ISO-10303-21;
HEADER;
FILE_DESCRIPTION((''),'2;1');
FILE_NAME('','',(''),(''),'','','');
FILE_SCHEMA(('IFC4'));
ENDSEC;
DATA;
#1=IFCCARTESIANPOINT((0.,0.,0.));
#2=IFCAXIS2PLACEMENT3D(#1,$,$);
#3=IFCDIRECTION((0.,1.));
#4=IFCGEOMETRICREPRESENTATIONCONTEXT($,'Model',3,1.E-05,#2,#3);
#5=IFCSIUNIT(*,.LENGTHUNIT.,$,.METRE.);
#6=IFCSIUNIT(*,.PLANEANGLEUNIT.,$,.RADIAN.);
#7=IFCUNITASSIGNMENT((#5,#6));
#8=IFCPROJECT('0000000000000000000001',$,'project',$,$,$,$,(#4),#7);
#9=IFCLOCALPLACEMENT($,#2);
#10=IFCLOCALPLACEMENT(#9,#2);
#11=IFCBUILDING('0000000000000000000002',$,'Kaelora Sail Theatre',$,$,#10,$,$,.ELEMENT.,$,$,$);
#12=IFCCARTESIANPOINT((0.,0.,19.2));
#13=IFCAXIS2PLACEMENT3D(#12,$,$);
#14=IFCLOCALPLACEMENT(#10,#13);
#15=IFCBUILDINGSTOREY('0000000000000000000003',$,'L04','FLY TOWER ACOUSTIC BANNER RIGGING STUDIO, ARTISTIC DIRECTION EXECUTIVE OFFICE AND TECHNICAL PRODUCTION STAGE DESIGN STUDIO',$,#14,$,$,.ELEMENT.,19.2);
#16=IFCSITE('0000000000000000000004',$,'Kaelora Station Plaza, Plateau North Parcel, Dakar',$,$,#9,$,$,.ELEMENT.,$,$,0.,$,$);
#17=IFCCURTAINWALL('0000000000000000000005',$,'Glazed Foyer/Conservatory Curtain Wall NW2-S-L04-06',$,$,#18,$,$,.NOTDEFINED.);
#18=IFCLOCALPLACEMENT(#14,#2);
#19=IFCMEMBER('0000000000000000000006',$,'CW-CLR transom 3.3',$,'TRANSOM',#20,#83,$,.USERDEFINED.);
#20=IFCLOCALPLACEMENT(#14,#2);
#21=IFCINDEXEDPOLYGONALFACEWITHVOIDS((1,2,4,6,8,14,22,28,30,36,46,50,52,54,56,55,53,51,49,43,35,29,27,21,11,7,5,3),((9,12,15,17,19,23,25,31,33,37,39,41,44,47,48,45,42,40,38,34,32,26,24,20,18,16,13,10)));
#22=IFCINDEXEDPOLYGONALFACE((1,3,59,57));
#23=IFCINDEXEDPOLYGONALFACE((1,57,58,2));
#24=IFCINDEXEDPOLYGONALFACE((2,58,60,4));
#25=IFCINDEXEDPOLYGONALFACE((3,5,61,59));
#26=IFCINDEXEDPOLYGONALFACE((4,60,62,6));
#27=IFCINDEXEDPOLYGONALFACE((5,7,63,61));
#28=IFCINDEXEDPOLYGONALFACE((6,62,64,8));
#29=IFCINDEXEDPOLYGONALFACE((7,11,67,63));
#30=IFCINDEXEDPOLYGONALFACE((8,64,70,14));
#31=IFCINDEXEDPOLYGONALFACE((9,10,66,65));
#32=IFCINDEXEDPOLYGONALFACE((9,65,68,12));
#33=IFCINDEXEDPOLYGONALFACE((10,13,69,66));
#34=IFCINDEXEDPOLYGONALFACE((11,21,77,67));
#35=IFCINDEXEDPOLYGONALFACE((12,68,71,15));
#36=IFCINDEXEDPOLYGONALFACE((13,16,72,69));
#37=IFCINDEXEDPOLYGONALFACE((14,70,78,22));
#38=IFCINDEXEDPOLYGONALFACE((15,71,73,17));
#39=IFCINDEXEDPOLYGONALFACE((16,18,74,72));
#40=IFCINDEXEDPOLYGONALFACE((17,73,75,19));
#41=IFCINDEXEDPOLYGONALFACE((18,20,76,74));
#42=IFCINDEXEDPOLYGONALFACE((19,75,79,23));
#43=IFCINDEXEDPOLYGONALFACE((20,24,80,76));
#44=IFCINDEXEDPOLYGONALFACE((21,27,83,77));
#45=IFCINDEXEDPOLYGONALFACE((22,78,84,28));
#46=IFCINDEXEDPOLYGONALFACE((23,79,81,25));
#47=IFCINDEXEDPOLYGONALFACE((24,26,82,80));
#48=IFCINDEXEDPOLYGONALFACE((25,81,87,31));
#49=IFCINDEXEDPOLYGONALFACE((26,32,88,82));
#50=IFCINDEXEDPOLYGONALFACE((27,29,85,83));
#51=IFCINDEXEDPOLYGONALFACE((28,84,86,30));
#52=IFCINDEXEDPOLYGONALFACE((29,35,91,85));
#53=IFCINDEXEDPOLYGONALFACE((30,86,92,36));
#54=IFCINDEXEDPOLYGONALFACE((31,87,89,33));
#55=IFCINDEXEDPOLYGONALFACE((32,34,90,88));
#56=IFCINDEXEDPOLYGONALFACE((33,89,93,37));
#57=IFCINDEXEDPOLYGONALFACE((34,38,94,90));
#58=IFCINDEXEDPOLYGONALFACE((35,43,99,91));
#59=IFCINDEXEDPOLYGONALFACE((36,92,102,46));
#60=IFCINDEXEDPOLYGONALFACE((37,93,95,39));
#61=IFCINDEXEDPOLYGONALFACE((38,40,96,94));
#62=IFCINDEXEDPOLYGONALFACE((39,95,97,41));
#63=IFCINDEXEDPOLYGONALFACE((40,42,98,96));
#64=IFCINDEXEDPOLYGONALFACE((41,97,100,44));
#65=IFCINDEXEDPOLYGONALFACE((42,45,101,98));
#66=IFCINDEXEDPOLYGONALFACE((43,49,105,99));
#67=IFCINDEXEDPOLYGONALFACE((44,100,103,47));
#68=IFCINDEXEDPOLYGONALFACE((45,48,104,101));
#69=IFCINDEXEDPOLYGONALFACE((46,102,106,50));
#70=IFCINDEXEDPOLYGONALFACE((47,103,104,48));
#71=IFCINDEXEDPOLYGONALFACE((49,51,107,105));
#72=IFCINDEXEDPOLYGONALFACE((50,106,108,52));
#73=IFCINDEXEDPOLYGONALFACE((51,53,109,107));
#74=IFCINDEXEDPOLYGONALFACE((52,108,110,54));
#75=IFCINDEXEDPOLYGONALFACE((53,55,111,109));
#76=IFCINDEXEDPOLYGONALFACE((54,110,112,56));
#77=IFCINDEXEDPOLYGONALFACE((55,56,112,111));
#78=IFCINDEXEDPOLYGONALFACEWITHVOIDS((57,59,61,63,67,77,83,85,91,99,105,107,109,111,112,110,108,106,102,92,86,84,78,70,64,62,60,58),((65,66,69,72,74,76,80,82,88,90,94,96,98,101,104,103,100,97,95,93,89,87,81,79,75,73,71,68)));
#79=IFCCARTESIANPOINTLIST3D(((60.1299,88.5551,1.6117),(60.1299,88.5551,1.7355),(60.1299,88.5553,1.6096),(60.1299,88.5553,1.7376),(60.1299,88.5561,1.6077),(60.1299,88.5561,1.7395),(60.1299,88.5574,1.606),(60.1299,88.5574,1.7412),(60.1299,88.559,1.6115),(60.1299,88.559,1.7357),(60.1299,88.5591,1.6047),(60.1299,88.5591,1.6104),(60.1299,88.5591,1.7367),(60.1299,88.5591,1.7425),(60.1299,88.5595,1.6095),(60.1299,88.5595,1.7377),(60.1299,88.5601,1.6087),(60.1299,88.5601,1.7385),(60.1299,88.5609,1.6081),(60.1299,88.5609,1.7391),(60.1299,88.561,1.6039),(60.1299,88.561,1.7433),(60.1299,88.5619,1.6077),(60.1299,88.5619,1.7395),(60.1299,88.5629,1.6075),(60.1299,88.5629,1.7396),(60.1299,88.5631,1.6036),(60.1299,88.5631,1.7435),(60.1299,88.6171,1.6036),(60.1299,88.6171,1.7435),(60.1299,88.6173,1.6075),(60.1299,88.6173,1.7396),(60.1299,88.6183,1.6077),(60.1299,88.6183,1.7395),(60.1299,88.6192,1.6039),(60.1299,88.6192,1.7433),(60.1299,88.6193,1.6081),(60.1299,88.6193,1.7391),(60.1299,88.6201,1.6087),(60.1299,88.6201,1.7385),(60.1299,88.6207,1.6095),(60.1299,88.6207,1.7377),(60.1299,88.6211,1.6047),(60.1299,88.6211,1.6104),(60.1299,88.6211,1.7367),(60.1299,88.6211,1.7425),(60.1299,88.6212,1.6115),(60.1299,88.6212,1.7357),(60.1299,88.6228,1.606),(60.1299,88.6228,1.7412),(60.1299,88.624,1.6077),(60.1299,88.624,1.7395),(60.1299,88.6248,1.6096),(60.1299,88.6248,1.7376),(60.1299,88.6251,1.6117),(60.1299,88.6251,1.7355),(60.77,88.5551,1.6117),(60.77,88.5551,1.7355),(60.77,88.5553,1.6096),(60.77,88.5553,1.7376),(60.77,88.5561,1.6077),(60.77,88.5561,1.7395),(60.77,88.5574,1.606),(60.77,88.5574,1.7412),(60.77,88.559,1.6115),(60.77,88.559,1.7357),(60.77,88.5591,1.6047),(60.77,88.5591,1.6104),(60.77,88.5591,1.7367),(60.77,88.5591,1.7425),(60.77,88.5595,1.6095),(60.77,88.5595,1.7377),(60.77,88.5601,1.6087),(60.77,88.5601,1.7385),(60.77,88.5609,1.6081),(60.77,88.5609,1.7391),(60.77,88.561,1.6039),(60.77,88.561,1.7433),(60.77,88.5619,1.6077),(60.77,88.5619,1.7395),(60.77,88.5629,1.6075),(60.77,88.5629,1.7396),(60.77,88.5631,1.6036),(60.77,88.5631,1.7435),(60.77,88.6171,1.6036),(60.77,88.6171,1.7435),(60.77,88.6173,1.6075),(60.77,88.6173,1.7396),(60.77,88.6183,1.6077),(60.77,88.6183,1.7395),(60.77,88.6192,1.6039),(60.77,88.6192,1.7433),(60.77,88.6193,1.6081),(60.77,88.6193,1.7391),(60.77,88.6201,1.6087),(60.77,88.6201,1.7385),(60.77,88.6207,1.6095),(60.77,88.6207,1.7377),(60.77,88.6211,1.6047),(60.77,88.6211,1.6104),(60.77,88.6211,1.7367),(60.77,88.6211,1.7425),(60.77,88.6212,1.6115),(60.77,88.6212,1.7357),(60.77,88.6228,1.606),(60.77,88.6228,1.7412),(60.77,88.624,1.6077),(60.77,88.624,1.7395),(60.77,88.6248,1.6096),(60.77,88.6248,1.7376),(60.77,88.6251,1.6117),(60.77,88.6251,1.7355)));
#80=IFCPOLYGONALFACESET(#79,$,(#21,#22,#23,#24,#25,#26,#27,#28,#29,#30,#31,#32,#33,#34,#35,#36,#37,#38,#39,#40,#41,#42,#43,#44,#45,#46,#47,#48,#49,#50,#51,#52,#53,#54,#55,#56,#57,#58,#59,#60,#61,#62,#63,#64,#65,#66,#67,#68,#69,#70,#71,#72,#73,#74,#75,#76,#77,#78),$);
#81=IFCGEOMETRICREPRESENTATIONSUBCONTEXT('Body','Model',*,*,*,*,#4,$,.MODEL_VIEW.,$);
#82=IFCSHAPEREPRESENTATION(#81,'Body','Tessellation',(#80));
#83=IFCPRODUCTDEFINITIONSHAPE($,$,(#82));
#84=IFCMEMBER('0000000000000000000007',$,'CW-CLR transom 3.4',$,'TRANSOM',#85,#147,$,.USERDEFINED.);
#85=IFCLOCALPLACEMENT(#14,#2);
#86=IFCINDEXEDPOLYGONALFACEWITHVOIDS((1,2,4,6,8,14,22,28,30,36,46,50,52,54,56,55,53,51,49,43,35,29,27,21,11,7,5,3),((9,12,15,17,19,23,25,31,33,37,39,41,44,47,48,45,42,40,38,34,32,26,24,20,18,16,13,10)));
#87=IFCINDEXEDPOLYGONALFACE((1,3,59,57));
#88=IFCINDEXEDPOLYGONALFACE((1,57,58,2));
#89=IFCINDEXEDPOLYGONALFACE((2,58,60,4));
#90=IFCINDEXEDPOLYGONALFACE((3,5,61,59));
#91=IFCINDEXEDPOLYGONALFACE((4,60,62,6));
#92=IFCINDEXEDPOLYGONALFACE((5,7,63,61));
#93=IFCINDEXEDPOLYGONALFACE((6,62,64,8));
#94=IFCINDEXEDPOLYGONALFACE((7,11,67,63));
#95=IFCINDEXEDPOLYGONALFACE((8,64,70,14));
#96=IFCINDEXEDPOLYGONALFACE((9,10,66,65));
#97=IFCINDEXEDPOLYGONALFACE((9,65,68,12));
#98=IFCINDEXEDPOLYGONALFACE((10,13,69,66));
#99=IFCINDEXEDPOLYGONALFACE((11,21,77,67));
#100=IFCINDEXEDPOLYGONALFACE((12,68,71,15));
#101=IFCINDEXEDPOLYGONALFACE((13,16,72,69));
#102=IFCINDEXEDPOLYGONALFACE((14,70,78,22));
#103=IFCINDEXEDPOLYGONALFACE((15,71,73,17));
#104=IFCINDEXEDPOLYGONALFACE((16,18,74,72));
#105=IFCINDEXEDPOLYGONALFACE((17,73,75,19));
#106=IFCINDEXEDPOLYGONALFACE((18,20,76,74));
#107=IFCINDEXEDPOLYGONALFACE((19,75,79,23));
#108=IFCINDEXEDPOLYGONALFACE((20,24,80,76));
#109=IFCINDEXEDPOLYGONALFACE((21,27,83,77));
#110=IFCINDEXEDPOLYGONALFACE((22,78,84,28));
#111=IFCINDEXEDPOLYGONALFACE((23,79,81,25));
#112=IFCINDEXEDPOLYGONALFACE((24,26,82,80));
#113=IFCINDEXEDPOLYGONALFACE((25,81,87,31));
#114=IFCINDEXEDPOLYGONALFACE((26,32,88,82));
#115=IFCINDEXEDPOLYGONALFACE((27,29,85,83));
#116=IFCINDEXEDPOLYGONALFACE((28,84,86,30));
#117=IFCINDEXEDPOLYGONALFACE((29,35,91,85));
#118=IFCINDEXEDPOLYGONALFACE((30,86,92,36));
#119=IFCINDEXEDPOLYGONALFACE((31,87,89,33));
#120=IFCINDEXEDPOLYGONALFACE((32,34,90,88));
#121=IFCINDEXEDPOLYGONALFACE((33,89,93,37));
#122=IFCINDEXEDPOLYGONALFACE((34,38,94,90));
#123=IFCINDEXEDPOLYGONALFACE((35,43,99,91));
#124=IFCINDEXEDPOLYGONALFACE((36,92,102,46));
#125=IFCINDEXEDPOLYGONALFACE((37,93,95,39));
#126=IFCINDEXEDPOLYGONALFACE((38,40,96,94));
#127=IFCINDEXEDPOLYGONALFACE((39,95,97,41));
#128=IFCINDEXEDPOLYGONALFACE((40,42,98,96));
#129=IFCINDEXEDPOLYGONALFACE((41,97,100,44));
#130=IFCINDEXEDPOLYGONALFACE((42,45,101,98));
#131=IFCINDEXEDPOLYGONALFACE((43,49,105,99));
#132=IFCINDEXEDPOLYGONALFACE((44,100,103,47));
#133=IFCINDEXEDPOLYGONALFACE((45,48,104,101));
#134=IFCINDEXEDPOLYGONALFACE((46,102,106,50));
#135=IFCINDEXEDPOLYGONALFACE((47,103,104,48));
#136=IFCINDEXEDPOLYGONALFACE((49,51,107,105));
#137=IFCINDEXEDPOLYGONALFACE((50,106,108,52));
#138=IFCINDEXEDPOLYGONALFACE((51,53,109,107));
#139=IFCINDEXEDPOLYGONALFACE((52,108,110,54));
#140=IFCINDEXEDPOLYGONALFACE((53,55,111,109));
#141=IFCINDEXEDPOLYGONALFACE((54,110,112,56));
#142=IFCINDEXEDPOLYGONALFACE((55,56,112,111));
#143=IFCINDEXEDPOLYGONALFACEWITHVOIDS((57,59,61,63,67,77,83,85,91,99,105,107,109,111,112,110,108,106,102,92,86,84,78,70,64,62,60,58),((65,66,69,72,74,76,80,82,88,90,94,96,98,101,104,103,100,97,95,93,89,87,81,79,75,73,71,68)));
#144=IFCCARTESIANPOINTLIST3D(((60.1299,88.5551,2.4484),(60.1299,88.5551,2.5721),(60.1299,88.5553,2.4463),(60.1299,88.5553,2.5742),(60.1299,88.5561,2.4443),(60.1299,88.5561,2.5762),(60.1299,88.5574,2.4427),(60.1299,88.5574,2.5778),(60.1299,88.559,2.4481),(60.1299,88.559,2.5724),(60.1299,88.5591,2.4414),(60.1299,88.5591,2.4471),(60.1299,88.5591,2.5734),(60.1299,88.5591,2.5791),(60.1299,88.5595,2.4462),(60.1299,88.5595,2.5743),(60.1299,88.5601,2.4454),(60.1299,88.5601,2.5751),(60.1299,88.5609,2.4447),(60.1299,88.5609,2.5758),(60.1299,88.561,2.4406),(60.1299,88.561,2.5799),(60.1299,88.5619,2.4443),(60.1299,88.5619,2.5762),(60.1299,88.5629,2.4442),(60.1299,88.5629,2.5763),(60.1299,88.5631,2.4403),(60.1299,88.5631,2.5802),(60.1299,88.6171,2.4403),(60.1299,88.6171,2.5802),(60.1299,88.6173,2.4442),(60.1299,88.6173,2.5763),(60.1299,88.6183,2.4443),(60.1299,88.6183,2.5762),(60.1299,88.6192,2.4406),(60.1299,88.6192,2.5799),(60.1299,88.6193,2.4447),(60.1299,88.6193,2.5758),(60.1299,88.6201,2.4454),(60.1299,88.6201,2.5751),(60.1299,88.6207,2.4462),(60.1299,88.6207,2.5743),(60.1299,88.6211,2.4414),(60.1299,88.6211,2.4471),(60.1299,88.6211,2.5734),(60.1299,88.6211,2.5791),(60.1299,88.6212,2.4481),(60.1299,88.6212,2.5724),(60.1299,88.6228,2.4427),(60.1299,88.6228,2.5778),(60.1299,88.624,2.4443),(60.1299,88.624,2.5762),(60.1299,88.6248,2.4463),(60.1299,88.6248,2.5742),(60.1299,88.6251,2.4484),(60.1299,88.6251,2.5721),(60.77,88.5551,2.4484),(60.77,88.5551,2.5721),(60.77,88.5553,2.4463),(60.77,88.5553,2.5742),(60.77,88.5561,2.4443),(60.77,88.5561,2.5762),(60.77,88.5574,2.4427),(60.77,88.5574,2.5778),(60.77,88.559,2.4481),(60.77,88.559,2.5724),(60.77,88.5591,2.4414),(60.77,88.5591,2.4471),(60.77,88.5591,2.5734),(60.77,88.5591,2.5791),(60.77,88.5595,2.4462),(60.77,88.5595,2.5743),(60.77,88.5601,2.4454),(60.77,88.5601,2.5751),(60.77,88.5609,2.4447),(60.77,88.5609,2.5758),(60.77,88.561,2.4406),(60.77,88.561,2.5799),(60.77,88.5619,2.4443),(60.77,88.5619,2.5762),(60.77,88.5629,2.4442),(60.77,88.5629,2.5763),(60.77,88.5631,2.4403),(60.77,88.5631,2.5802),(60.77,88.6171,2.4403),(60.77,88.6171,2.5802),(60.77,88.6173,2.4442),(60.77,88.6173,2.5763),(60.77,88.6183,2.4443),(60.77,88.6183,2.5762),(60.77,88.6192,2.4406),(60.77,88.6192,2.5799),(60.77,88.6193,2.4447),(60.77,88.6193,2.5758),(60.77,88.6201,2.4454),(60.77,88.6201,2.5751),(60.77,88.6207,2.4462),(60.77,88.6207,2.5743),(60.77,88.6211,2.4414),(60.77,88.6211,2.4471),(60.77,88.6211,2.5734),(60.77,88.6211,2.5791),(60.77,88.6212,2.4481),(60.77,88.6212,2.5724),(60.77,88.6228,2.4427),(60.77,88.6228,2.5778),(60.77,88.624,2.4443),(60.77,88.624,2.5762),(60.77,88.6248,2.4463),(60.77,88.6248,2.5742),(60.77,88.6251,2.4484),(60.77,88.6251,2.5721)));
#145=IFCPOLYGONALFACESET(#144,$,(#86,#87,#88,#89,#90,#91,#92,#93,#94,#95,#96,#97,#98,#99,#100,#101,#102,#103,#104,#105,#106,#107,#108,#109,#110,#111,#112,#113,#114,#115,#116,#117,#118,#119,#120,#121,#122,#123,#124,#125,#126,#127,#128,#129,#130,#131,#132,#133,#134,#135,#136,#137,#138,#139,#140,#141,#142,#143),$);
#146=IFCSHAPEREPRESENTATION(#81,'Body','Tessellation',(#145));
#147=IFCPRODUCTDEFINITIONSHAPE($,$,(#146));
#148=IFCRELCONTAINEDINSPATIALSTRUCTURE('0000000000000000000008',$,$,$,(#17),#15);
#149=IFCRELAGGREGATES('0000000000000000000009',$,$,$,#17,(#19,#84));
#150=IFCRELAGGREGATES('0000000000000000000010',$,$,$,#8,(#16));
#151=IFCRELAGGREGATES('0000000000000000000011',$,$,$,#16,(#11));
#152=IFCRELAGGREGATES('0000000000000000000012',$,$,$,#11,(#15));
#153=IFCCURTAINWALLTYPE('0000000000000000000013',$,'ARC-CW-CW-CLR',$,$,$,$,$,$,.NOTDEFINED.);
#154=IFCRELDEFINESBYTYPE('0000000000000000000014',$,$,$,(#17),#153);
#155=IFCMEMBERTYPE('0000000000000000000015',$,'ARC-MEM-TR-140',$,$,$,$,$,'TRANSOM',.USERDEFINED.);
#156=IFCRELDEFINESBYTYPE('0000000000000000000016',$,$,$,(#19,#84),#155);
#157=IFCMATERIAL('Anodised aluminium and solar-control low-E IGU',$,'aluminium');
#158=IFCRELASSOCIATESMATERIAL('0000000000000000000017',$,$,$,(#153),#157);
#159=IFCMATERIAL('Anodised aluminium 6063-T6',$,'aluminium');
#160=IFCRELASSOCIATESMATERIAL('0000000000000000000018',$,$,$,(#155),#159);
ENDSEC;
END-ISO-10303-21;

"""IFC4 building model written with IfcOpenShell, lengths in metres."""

from ifc_helpers import new_model, si_unit, direction, frame, origin, origin_2d, place, context, subcontext, project, spatial, hollow_rectangle, extrude, material, material_profile, profile_set, type_object, element, aggregate, save


model = new_model("IFC4")

# Units and contexts
model_context = context("Model", 3, precision=1e-05, world=origin(), true_north=direction((0.0, 1.0)))
body_context = subcontext(model_context, "Body", "Model", "MODEL_VIEW")
ifc_project = project(units=[si_unit("LENGTHUNIT", "METRE"), si_unit("PLANEANGLEUNIT", "RADIAN")], contexts=[model_context])

# Site, building, storey
site_placement = place(None, origin())
site = spatial("IfcSite", under=ifc_project, at=site_placement, Name="Kaelora Station Plaza, Plateau North Parcel, Dakar", CompositionType="ELEMENT", RefElevation=0.0)
building_placement = place(site_placement, origin())
building = spatial("IfcBuilding", under=site, at=building_placement, Name="Kaelora Sail Theatre", CompositionType="ELEMENT")
storey_placement = place(building_placement, frame((0.0, 0.0, 19.2)))
storey = spatial("IfcBuildingStorey", under=building, at=storey_placement, Name="L04", Description="FLY TOWER ACOUSTIC BANNER RIGGING STUDIO, ARTISTIC DIRECTION EXECUTIVE OFFICE AND TECHNICAL PRODUCTION STAGE DESIGN STUDIO", CompositionType="ELEMENT", Elevation=19.2)

# Curtain wall, members
ifc_material_1 = material(Name="Anodised aluminium and solar-control low-E IGU", Category="aluminium")
curtain_wall_type = type_object("IfcCurtainWallType", Name="ARC-CW-CW-CLR", PredefinedType="NOTDEFINED", material=ifc_material_1)
curtain_wall_placement = place(storey_placement, origin())
curtain_wall = element("IfcCurtainWall", 1, at=curtain_wall_placement, inside=storey, type_object=curtain_wall_type, Name="Glazed Foyer/Conservatory Curtain Wall NW2-S-L04-06", PredefinedType="NOTDEFINED")
ifc_material_2 = material(Name="Anodised aluminium 6063-T6", Category="aluminium")
ifc_material_profile_1 = material_profile(ifc_material_2, hollow_rectangle(XDim=0.0701, YDim=0.1399, WallThickness=0.0039, InnerFilletRadius=0.0039, OuterFilletRadius=0.0081, at=origin_2d()), Name="ALU-TRAN 70x140x4")
ifc_profile_set_1 = profile_set([ifc_material_profile_1], Name="Anodised aluminium 6063-T6")
member_type_1 = type_object("IfcMemberType", Name="ARC-MEM-TR-140", ElementType="TRANSOM", PredefinedType="USERDEFINED", material=ifc_profile_set_1)
member_1_placement = place(storey_placement, frame((60.1299, 88.5901, 1.6736), z_axis=(1.0, 0.0, 0.0), x_axis=(0.0, 1.0, 0.0)))
member_1 = element("IfcMember", 2, at=member_1_placement, type_object=member_type_1, Name="CW-CLR transom 3.3", ObjectType="TRANSOM", PredefinedType="USERDEFINED", context=body_context, shape_type="SweptSolid", body=[
    extrude(hollow_rectangle(XDim=0.0701, YDim=0.1399, WallThickness=0.0039, InnerFilletRadius=0.0039, OuterFilletRadius=0.0081, at=origin_2d()), origin(), (0.0, 0.0, 1.0), 0.6401),
])
member_2_placement = place(storey_placement, frame((60.1299, 88.5901, 2.5103), z_axis=(1.0, 0.0, 0.0), x_axis=(0.0, 1.0, 0.0)))
member_2 = element("IfcMember", 3, at=member_2_placement, type_object=member_type_1, Name="CW-CLR transom 3.4", ObjectType="TRANSOM", PredefinedType="USERDEFINED", context=body_context, shape_type="SweptSolid", body=[
    extrude(hollow_rectangle(XDim=0.0701, YDim=0.1399, WallThickness=0.0039, InnerFilletRadius=0.0039, OuterFilletRadius=0.0081, at=origin_2d()), origin(), (0.0, 0.0, 1.0), 0.6401),
])

aggregate(curtain_wall, [member_1, member_2])

save(model, "model.ifc")
